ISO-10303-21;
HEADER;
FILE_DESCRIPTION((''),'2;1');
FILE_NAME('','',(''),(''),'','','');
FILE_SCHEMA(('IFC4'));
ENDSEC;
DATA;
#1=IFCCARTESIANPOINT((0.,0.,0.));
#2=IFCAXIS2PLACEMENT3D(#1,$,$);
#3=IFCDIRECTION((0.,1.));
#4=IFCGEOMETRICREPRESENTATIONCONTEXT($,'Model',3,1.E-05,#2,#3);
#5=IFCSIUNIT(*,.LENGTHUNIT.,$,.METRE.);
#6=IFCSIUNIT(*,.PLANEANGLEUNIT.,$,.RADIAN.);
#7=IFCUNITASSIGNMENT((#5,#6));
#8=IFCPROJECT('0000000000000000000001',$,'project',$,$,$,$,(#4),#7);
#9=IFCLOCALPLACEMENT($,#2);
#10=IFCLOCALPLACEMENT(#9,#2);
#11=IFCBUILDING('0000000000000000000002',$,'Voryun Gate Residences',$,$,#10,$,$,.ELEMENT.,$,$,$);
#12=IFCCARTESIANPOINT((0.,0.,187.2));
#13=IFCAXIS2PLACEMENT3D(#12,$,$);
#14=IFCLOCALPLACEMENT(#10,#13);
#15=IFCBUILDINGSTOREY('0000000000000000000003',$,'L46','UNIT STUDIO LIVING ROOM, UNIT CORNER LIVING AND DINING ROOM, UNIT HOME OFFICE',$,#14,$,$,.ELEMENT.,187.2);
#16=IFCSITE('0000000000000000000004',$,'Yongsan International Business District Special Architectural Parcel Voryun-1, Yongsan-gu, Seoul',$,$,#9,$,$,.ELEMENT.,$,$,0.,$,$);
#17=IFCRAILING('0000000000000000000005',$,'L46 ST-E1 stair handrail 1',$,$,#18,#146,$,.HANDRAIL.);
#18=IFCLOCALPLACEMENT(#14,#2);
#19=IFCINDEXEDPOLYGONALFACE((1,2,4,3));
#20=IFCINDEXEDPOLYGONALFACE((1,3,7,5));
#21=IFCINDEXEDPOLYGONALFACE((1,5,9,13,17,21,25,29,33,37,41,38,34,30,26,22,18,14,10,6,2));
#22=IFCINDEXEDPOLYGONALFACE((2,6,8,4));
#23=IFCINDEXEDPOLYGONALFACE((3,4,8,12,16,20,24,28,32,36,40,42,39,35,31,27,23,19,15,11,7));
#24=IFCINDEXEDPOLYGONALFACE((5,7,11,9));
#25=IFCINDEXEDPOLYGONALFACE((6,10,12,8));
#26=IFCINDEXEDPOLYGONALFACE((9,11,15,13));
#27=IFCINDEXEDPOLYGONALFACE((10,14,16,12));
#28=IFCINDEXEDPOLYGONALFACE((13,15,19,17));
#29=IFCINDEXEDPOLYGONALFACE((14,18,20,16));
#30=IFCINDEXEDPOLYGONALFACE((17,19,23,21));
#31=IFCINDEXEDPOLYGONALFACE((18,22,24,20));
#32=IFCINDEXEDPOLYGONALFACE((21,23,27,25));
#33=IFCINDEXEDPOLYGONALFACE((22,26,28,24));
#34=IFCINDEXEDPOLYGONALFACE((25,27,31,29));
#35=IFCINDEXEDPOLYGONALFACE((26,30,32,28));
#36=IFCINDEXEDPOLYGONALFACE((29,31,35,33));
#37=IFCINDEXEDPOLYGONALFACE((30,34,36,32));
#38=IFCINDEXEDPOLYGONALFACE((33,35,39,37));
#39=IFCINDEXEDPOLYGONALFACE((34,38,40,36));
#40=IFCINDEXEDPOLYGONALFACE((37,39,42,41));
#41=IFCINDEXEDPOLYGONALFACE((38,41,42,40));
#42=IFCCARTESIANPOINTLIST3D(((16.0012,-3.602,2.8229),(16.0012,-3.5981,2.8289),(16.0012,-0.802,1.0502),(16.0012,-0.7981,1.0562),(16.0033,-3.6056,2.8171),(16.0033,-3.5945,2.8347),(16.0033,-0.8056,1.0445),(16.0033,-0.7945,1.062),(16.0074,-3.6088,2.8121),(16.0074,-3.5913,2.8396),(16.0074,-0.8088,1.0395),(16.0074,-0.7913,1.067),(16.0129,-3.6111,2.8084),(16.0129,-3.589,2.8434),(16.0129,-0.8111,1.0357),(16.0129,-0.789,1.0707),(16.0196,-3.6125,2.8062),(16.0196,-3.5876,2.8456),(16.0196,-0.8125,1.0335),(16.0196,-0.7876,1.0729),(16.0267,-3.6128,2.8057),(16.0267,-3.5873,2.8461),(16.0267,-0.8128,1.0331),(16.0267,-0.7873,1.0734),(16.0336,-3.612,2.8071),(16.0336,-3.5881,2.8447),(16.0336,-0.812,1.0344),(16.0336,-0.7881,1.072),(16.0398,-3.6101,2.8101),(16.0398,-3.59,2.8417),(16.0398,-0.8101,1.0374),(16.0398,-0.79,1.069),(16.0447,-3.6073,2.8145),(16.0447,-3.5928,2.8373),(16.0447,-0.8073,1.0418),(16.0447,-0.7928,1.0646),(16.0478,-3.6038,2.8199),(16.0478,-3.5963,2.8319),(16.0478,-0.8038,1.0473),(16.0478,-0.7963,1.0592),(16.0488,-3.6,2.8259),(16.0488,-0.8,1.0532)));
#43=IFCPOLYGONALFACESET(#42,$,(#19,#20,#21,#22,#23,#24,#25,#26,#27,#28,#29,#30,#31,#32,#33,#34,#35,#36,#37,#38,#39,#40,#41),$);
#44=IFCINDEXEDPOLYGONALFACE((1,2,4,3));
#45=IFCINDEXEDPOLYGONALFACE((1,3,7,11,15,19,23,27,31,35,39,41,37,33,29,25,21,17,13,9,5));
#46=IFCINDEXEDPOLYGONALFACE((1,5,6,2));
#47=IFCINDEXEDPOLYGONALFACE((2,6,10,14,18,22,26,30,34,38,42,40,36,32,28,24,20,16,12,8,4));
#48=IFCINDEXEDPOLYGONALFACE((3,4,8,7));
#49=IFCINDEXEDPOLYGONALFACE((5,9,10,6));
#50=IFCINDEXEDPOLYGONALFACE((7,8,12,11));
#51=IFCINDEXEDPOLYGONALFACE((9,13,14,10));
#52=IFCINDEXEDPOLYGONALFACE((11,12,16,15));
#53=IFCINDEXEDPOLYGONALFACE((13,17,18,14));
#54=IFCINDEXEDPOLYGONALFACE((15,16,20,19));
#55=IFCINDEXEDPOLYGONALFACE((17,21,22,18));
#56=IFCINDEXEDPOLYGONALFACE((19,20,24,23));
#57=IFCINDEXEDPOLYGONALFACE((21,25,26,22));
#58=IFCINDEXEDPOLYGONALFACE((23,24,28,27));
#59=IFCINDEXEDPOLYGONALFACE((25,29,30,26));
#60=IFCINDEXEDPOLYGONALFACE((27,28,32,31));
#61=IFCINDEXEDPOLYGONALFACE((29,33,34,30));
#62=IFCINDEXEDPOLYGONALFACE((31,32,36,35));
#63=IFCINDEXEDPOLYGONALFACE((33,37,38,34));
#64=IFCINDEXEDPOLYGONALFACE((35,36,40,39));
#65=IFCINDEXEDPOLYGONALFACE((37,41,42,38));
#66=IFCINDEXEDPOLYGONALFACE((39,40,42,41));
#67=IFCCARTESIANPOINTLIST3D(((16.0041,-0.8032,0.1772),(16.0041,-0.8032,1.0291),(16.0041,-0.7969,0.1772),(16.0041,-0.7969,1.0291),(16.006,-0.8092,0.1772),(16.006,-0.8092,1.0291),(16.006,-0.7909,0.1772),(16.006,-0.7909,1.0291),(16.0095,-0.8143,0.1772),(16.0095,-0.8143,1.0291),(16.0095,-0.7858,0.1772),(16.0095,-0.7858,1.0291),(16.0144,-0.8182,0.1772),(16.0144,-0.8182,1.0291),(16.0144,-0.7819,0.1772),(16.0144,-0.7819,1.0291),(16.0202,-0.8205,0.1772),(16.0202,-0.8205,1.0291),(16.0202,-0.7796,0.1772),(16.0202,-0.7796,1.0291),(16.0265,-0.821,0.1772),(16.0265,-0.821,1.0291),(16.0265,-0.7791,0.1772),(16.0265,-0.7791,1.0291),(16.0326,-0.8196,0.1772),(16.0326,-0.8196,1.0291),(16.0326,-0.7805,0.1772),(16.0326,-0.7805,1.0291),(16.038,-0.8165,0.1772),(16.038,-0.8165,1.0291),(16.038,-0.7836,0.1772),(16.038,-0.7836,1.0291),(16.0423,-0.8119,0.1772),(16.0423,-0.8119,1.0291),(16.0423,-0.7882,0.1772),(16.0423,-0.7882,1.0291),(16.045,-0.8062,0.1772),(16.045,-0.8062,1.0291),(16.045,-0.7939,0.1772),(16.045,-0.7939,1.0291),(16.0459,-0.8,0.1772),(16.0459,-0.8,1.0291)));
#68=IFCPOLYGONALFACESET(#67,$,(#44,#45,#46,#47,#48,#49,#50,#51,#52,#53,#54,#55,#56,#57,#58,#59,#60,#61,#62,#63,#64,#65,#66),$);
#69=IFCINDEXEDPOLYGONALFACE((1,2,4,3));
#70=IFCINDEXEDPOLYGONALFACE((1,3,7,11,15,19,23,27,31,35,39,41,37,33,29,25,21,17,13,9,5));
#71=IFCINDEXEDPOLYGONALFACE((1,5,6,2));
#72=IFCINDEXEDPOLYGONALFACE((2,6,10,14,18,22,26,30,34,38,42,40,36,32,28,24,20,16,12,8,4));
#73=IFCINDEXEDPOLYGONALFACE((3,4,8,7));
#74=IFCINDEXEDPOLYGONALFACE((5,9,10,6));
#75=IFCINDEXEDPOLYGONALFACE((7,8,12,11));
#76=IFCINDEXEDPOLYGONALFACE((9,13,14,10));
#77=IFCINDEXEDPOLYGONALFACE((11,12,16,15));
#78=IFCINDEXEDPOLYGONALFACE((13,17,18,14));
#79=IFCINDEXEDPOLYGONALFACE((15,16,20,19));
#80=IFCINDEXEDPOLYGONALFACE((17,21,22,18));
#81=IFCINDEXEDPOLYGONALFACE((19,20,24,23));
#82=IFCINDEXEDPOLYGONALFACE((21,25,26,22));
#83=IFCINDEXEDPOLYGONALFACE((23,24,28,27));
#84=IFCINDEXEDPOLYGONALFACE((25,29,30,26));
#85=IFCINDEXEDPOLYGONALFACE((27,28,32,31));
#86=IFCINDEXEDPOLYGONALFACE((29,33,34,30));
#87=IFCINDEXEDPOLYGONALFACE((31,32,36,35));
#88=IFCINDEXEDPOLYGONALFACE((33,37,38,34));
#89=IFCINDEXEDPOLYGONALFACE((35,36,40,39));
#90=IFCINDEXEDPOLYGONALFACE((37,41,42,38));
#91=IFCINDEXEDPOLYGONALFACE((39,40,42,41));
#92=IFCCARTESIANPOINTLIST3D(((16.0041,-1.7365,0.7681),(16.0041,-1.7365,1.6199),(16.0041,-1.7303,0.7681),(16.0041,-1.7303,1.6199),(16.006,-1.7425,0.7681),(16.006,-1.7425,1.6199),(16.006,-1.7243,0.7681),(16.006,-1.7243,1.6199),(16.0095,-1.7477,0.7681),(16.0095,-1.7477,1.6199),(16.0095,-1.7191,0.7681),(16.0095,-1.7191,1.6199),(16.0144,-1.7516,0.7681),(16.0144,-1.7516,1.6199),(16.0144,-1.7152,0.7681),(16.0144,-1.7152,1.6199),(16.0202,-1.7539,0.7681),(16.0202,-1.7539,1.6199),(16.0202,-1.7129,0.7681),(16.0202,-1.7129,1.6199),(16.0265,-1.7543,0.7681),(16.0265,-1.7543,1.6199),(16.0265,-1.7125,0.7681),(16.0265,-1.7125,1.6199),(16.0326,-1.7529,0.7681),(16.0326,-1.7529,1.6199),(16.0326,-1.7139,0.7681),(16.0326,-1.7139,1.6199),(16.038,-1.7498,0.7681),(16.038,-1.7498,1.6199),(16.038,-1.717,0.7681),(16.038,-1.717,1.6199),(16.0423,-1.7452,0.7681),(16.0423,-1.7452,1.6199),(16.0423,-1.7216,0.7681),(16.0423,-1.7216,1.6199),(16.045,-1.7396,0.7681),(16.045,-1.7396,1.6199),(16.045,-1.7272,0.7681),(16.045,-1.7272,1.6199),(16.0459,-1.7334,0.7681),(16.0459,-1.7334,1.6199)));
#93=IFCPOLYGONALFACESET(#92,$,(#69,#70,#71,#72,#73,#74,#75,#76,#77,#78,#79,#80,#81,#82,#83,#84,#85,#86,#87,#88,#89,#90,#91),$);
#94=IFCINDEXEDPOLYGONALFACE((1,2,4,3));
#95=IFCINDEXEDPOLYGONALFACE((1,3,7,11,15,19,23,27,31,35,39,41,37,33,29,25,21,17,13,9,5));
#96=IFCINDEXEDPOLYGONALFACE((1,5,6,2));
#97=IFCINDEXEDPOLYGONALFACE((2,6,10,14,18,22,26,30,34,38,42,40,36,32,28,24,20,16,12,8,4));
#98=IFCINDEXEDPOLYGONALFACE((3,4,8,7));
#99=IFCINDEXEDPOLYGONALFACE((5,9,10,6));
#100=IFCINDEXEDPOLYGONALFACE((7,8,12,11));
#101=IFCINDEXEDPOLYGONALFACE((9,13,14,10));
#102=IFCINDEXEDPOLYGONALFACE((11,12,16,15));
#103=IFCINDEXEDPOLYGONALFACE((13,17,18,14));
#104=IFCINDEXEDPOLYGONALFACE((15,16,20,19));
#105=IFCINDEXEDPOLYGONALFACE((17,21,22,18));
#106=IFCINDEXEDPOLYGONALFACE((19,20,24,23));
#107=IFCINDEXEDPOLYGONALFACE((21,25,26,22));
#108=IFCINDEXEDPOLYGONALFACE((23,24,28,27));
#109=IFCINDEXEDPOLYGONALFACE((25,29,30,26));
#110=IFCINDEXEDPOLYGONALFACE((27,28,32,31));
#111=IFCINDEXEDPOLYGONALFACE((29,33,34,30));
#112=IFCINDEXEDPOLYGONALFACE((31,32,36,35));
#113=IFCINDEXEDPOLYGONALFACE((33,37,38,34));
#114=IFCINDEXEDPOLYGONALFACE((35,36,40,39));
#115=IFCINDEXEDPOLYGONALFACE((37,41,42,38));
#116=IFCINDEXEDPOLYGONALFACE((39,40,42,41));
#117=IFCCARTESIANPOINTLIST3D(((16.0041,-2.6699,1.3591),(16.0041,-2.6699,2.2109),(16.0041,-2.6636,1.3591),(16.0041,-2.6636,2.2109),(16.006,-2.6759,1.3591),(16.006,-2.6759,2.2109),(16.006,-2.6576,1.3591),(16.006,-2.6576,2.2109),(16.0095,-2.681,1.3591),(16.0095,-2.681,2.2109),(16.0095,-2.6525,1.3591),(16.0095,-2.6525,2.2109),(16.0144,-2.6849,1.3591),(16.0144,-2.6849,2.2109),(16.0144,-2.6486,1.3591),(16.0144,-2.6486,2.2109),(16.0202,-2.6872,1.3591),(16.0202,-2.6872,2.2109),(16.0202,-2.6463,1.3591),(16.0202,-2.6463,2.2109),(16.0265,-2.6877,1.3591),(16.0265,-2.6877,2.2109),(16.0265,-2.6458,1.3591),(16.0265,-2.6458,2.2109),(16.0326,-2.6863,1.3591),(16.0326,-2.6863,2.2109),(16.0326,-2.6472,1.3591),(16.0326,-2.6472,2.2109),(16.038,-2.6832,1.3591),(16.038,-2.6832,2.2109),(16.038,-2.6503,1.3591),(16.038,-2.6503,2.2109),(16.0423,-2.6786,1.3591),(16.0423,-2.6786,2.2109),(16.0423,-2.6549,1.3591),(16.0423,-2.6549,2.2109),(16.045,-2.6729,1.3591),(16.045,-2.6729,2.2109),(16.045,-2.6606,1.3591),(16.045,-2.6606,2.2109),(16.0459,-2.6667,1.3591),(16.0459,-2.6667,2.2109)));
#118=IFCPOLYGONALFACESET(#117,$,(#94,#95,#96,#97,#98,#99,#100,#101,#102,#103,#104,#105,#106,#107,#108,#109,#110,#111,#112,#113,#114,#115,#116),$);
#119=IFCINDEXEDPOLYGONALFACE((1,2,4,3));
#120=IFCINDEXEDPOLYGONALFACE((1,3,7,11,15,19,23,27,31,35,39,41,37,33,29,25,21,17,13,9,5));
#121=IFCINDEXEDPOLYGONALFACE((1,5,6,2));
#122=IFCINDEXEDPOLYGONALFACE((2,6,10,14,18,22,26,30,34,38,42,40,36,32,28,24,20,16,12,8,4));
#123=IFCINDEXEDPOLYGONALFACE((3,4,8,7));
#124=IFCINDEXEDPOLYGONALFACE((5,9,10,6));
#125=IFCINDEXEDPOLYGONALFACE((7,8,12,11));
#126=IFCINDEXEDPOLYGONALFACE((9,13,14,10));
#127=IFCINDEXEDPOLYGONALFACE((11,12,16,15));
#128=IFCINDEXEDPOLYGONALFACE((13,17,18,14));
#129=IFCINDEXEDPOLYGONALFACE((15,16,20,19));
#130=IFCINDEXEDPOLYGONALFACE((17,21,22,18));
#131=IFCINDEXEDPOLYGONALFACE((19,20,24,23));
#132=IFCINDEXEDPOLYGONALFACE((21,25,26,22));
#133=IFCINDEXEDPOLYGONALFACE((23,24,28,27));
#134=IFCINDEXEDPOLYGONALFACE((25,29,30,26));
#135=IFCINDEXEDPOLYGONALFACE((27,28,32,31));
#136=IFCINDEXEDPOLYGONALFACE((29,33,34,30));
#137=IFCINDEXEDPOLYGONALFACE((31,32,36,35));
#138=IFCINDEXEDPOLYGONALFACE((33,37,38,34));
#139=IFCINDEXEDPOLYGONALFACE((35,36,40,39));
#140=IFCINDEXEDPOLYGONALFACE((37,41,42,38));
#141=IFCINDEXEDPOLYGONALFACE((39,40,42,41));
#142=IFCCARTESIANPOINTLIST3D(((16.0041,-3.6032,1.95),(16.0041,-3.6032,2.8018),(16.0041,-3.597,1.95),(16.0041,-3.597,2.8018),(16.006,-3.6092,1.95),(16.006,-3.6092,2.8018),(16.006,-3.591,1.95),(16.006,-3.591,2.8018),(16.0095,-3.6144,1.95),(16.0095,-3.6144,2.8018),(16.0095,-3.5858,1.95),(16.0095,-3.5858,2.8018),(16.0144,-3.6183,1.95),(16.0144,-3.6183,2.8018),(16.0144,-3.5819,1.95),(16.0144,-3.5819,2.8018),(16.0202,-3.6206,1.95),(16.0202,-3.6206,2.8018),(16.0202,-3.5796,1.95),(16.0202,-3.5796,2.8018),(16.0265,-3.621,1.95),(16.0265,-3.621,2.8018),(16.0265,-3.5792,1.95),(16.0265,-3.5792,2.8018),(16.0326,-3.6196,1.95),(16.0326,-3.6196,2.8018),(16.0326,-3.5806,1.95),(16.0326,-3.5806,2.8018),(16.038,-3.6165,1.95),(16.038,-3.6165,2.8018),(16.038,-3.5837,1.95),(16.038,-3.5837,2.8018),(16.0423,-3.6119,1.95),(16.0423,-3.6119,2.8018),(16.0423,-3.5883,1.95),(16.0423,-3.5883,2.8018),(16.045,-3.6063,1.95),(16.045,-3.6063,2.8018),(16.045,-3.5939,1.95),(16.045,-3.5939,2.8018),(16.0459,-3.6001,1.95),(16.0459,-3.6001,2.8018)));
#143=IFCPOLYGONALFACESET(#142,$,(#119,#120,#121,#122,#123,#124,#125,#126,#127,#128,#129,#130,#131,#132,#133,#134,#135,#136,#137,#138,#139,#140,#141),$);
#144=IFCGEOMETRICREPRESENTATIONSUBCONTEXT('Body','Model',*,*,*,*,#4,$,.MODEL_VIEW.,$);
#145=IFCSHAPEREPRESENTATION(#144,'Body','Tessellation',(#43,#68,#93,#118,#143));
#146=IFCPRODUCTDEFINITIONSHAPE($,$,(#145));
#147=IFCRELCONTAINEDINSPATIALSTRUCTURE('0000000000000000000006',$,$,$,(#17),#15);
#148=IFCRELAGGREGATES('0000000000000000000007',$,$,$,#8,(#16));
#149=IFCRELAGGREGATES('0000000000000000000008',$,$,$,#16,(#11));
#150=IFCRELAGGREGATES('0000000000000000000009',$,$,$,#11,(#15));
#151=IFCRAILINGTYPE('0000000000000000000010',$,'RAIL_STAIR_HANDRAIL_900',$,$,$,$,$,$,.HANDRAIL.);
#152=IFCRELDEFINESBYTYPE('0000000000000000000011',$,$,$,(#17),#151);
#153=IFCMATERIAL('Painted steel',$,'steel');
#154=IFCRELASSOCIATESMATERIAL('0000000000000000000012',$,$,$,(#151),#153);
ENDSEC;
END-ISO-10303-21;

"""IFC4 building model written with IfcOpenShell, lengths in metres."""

from ifc_helpers import new_model, si_unit, direction, frame, origin, origin_2d, place, context, subcontext, project, spatial, circle, extrude, material, type_object, element, save


model = new_model("IFC4")

# Units and contexts
model_context = context("Model", 3, precision=1e-05, world=origin(), true_north=direction((0.0, 1.0)))
body_context = subcontext(model_context, "Body", "Model", "MODEL_VIEW")
ifc_project = project(units=[si_unit("LENGTHUNIT", "METRE"), si_unit("PLANEANGLEUNIT", "RADIAN")], contexts=[model_context])

# Site, building, storey
site_placement = place(None, origin())
site = spatial("IfcSite", under=ifc_project, at=site_placement, Name="Yongsan International Business District Special Architectural Parcel Voryun-1, Yongsan-gu, Seoul", CompositionType="ELEMENT", RefElevation=0.0)
building_placement = place(site_placement, origin())
building = spatial("IfcBuilding", under=site, at=building_placement, Name="Voryun Gate Residences", CompositionType="ELEMENT")
storey_placement = place(building_placement, frame((0.0, 0.0, 187.2)))
storey = spatial("IfcBuildingStorey", under=building, at=storey_placement, Name="L46", Description="UNIT STUDIO LIVING ROOM, UNIT CORNER LIVING AND DINING ROOM, UNIT HOME OFFICE", CompositionType="ELEMENT", Elevation=187.2)

# Railing
ifc_material_1 = material(Name="Painted steel", Category="steel")
railing_type_1 = type_object("IfcRailingType", Name="RAIL_STAIR_HANDRAIL_900", PredefinedType="HANDRAIL", material=ifc_material_1)
railing_1_placement = place(storey_placement, frame((16.0249, -0.8, 0.1772)))
element("IfcRailing", 1, at=railing_1_placement, inside=storey, type_object=railing_type_1, Name="L46 ST-E1 stair handrail 1", PredefinedType="HANDRAIL", context=body_context, shape_type="SweptSolid", body=[
    extrude(circle(Radius=0.0239, at=origin_2d()), frame((0.0, 0.0, 0.876), z_axis=(0.0, -0.844909, 0.53491), x_axis=(1.0, 0.0, 0.0)), (0.0, 0.0, 1.0), 3.314),
    extrude(circle(Radius=0.021, at=origin_2d()), origin(), (0.0, 0.0, 1.0), 0.8518),
    extrude(circle(Radius=0.021, at=origin_2d()), frame((0.0, -0.9333, 0.5908)), (0.0, 0.0, 1.0), 0.8518),
    extrude(circle(Radius=0.021, at=origin_2d()), frame((0.0, -1.8667, 1.1819)), (0.0, 0.0, 1.0), 0.8518),
    extrude(circle(Radius=0.021, at=origin_2d()), frame((0.0, -2.8, 1.7727)), (0.0, 0.0, 1.0), 0.8518),
])

save(model, "model.ifc")
